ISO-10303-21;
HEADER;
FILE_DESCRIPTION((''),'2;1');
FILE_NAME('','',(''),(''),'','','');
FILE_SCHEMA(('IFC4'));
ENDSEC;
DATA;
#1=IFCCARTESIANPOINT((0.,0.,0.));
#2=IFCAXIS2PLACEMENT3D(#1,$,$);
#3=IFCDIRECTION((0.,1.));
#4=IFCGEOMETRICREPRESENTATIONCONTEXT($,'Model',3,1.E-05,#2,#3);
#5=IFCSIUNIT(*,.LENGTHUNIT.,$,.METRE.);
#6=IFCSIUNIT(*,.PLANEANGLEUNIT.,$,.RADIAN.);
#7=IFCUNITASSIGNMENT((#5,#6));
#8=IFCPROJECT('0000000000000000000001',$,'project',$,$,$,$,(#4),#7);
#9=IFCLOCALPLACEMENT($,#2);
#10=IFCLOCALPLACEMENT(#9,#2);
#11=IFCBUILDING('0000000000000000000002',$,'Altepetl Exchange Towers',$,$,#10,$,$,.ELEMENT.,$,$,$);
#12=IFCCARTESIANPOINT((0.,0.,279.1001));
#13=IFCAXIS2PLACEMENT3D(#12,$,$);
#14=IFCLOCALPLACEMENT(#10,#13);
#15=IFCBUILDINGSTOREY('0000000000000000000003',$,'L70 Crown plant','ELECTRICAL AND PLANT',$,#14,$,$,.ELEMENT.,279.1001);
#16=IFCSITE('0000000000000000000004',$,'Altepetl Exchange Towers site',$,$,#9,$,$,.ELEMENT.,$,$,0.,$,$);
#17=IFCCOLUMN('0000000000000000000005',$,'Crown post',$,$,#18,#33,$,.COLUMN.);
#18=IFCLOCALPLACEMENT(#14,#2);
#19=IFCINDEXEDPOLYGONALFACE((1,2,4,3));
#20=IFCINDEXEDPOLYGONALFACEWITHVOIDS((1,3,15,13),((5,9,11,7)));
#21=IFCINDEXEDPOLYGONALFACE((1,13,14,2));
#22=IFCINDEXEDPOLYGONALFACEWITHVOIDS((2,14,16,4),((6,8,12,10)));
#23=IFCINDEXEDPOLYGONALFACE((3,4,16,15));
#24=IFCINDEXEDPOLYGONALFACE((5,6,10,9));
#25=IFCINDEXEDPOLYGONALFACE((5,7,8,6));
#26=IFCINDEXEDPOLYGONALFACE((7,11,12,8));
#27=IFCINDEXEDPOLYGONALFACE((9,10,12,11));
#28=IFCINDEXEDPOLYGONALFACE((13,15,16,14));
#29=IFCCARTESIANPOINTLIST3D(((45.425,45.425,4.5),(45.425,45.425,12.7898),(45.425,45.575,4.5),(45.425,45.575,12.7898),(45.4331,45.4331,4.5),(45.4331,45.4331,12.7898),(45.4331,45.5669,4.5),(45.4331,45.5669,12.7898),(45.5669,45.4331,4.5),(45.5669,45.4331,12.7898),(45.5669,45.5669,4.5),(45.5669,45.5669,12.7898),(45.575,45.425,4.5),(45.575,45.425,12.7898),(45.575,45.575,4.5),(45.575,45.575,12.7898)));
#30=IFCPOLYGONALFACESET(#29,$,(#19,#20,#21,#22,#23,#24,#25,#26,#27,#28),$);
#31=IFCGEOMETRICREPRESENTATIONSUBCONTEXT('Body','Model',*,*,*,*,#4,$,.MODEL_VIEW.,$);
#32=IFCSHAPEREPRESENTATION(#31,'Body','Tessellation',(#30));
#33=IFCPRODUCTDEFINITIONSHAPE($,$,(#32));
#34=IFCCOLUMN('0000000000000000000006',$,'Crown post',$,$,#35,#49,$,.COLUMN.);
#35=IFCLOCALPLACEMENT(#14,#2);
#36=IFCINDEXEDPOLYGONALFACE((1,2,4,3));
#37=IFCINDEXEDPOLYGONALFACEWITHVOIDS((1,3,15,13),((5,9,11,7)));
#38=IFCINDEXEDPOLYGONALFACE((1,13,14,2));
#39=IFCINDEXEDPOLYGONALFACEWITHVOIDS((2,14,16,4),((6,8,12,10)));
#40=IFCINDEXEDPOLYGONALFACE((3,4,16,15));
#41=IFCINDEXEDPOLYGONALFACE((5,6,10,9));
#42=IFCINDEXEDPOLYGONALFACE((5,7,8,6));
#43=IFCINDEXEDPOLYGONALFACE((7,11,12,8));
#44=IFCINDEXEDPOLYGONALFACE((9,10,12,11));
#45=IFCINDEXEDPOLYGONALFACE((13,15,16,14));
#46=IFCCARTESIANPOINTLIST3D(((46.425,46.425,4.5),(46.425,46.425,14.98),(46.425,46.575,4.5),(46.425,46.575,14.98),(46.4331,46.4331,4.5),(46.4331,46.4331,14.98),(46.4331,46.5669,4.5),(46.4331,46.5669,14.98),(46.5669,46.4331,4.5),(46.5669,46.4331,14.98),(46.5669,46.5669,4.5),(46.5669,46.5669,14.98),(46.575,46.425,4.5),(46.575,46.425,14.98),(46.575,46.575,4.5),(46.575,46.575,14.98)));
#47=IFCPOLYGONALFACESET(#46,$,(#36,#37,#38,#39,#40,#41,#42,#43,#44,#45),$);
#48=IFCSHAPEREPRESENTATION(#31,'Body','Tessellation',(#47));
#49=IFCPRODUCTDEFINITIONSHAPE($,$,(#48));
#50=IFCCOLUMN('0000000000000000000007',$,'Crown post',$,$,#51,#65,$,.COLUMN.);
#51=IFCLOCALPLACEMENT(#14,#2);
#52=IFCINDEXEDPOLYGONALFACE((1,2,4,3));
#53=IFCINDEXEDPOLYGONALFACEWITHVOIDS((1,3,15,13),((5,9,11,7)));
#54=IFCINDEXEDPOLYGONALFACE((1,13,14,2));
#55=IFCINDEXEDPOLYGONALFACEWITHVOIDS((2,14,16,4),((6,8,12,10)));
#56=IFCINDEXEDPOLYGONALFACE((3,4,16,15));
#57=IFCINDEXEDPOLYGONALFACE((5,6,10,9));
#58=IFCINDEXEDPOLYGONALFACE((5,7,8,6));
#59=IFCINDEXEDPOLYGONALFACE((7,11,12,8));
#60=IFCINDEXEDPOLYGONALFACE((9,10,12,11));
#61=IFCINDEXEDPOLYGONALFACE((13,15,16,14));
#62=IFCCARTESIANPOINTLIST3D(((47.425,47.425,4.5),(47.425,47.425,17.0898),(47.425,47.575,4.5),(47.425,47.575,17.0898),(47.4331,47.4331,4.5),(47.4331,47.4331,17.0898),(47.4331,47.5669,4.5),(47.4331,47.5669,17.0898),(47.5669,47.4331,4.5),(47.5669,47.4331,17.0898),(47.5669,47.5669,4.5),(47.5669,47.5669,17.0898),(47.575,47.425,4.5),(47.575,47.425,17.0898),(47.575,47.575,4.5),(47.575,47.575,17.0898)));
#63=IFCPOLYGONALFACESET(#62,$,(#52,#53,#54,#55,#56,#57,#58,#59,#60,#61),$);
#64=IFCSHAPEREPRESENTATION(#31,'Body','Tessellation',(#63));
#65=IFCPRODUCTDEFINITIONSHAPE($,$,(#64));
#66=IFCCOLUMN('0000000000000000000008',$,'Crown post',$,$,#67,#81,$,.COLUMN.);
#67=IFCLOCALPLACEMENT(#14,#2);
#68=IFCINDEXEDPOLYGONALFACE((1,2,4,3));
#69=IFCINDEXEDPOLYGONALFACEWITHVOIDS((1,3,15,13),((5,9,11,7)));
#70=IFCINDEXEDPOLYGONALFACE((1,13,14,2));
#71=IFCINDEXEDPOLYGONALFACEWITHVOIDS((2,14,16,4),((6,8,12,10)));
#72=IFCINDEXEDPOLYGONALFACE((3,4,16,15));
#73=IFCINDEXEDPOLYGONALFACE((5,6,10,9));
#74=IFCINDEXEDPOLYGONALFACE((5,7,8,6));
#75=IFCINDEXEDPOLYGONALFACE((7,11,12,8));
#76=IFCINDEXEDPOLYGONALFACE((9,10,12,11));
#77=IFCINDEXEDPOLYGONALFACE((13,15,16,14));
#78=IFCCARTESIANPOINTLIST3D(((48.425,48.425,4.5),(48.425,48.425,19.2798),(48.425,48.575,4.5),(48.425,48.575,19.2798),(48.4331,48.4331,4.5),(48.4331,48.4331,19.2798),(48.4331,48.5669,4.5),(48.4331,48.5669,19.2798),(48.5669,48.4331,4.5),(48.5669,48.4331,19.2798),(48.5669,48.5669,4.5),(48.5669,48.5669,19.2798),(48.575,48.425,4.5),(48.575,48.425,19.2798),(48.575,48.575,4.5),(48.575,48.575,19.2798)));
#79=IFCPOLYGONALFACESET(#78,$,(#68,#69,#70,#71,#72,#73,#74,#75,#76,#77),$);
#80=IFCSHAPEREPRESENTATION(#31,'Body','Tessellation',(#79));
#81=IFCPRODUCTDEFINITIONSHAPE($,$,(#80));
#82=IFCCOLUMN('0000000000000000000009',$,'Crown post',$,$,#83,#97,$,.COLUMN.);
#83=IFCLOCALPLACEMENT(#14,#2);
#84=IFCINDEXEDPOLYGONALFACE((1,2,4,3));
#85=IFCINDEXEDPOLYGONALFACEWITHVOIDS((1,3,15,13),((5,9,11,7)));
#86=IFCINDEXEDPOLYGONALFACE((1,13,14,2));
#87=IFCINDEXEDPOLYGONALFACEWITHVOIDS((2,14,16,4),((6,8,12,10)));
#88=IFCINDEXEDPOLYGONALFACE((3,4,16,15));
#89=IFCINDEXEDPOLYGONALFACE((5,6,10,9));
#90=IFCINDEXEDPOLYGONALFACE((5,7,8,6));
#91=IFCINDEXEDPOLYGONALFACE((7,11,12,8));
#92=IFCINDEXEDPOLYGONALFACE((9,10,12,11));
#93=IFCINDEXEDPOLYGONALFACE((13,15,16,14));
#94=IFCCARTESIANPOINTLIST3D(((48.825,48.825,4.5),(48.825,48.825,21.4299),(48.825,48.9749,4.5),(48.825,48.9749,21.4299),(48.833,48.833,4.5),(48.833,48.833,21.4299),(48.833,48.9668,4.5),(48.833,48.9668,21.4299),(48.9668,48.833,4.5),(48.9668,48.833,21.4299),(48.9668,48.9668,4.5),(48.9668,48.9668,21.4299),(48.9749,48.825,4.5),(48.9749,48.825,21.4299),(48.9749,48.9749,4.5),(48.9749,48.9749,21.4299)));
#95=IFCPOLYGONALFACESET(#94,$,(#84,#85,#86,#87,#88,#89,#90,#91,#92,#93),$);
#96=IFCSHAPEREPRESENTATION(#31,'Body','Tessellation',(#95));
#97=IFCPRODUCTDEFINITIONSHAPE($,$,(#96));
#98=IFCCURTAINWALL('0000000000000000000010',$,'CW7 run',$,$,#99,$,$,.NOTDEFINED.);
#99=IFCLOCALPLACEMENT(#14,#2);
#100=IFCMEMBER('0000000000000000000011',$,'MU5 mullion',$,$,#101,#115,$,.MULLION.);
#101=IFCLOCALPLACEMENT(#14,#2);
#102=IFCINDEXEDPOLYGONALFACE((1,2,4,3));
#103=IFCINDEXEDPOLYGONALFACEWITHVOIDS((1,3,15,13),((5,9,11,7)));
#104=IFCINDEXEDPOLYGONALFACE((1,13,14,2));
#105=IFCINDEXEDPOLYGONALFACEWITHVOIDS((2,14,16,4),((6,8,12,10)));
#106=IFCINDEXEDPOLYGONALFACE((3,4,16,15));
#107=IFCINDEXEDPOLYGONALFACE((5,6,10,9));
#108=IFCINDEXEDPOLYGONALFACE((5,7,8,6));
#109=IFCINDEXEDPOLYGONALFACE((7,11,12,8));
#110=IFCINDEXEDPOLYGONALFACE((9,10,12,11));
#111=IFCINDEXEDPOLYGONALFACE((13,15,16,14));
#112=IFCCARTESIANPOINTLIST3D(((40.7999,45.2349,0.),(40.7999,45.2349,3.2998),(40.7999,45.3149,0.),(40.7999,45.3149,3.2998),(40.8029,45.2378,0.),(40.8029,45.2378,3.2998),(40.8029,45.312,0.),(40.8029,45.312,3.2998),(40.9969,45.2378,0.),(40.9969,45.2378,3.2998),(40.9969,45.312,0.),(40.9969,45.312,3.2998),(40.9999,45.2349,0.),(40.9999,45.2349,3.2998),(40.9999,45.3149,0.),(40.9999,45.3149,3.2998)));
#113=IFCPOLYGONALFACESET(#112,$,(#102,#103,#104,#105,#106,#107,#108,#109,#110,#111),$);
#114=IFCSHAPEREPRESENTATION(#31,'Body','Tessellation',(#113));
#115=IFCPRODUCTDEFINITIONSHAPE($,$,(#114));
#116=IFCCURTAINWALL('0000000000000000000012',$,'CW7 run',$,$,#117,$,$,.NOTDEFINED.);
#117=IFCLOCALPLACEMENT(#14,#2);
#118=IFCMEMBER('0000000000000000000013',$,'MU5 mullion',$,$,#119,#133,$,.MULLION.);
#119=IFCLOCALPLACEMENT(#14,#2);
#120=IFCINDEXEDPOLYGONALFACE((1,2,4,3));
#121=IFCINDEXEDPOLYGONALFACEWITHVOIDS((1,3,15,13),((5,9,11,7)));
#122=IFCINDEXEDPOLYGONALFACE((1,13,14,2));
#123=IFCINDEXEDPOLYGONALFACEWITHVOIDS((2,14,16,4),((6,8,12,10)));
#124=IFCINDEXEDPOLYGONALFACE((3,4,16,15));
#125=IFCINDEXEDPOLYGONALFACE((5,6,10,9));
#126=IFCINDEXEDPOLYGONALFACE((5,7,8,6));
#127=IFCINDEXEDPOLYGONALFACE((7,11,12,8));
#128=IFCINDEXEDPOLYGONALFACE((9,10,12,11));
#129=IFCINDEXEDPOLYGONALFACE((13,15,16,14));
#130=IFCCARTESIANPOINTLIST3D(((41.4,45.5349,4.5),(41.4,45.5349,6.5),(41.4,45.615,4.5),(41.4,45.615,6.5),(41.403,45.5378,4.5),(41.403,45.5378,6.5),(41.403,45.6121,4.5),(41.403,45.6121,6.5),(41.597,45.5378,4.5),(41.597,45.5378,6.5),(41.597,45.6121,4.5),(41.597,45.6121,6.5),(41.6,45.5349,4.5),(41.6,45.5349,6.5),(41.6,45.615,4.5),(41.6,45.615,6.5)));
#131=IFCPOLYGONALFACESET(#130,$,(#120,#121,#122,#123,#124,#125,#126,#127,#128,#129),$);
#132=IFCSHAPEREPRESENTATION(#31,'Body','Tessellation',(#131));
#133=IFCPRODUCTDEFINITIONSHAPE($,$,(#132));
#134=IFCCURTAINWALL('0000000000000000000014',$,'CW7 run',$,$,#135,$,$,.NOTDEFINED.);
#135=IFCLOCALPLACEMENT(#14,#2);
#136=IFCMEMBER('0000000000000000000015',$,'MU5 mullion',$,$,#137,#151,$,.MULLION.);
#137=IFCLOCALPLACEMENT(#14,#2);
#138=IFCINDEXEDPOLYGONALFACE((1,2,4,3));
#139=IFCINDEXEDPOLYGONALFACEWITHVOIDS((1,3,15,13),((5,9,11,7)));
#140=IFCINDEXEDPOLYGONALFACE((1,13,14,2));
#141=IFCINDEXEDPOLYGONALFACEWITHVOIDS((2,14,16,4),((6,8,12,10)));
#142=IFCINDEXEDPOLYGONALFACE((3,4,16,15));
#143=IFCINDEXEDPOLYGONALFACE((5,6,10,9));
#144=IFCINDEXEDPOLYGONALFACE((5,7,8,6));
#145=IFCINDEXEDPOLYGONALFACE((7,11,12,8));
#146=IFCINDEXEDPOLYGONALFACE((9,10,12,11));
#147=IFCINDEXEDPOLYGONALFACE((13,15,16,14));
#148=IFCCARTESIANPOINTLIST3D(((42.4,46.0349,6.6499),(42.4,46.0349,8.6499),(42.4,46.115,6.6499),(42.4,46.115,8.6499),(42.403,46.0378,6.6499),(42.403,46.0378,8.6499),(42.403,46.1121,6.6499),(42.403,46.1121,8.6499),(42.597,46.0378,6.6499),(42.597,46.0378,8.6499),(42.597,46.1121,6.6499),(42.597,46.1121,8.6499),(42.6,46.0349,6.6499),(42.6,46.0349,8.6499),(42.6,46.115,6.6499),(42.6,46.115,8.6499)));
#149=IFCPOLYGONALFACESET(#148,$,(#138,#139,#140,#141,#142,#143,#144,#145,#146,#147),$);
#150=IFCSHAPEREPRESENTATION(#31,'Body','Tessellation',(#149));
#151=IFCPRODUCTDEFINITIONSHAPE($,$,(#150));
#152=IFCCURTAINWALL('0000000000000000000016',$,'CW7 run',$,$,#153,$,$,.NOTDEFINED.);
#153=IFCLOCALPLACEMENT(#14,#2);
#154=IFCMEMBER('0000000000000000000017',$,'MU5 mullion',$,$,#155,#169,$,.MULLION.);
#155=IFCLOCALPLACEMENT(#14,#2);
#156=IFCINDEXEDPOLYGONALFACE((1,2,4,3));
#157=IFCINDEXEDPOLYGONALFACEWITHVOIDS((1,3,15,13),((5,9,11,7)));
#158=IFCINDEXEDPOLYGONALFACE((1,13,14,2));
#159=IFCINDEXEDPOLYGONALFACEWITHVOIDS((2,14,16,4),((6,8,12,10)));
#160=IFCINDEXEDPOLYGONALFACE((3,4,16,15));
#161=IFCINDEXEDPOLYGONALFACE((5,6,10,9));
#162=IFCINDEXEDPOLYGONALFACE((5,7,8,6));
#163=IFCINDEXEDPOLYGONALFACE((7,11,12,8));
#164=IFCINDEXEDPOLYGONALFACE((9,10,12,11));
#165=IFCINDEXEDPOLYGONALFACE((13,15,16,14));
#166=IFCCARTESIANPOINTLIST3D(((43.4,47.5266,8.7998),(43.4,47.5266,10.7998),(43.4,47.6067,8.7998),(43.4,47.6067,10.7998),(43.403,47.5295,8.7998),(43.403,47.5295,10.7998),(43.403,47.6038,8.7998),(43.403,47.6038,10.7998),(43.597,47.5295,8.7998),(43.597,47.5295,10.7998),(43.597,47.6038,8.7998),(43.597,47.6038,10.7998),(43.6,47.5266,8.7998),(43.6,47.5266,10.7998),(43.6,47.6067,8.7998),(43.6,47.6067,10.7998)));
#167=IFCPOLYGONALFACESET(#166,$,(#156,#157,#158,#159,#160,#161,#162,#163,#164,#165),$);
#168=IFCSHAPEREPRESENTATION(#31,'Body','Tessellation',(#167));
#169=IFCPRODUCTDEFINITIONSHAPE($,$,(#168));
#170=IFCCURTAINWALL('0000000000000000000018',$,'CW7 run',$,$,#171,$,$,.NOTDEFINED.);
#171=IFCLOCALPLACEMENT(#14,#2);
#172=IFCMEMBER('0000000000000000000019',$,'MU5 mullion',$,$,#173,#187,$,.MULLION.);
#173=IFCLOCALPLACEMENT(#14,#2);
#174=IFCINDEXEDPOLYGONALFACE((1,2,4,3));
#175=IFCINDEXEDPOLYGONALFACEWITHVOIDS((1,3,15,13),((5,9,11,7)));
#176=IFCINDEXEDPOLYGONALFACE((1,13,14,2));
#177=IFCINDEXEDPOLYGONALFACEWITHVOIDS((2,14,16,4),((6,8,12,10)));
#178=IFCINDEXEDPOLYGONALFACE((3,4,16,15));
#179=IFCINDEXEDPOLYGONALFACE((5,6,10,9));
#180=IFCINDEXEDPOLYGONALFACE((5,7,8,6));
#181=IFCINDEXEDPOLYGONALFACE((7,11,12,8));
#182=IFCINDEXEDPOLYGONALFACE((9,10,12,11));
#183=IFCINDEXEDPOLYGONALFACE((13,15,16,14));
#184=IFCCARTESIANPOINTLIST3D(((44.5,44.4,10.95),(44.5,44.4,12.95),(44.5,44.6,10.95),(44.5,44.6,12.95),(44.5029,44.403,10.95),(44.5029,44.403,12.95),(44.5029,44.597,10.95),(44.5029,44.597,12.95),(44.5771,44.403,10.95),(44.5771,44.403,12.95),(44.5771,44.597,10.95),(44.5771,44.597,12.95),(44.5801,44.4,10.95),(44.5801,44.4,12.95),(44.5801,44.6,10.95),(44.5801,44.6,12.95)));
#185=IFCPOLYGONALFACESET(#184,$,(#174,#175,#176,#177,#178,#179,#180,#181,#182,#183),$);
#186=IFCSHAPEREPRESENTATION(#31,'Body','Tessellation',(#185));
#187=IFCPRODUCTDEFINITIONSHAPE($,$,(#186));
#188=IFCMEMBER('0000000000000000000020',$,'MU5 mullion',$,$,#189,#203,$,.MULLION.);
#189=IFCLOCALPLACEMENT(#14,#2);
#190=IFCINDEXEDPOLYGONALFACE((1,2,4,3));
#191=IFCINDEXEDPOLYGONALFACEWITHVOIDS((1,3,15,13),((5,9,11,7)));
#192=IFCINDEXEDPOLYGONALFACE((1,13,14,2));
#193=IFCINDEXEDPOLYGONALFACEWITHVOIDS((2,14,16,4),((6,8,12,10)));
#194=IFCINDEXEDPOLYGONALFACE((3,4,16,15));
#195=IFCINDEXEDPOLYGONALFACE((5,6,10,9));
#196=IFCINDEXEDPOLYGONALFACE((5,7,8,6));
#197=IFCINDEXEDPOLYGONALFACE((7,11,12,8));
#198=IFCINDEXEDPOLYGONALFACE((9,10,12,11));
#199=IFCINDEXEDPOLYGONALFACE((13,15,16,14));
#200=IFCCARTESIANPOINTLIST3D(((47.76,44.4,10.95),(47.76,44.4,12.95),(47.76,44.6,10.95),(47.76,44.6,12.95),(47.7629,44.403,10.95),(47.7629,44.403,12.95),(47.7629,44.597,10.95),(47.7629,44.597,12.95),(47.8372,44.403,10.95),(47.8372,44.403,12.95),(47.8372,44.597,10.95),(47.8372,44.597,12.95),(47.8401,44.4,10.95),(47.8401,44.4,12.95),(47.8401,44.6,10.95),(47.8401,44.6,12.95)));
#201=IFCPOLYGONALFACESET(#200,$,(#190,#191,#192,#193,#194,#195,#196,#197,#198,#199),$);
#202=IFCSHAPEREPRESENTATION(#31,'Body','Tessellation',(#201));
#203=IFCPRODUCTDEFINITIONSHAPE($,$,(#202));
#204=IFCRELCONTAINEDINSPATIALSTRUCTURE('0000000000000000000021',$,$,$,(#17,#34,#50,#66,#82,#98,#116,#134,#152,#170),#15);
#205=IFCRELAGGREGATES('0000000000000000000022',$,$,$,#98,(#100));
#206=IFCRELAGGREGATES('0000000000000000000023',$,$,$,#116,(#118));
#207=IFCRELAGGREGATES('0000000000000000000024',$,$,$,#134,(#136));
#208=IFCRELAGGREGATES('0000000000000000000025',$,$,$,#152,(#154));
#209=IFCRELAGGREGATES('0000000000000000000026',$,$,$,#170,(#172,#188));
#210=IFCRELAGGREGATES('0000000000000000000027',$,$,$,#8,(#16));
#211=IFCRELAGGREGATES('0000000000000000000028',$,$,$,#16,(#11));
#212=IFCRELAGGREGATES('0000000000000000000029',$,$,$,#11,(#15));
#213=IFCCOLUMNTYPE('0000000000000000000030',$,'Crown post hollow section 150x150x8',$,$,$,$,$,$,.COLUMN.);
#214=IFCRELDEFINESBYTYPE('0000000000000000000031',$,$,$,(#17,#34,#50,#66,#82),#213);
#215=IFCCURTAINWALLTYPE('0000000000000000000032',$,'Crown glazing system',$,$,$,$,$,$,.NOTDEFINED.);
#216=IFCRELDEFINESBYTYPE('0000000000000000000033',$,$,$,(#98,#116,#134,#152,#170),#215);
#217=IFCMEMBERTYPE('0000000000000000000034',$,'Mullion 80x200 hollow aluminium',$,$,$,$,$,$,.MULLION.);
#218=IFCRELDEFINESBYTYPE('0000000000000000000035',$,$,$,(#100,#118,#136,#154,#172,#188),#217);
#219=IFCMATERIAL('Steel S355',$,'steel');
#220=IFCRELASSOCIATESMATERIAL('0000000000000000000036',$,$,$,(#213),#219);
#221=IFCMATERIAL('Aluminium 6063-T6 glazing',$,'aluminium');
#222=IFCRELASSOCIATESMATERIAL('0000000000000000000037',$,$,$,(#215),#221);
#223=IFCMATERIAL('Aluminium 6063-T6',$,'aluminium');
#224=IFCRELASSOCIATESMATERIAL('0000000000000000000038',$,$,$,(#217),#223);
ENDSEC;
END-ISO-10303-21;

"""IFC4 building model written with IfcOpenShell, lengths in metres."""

from ifc_helpers import new_model, si_unit, direction, frame, origin, origin_2d, place, context, subcontext, project, spatial, hollow_rectangle, extrude, material, material_profile, profile_set, type_object, element, aggregate, save


model = new_model("IFC4")

# Units and contexts
model_context = context("Model", 3, precision=1e-05, world=origin(), true_north=direction((0.0, 1.0)))
body_context = subcontext(model_context, "Body", "Model", "MODEL_VIEW")
ifc_project = project(units=[si_unit("LENGTHUNIT", "METRE"), si_unit("PLANEANGLEUNIT", "RADIAN")], contexts=[model_context])

# Site, building, storey
site_placement = place(None, origin())
site = spatial("IfcSite", under=ifc_project, at=site_placement, Name="Altepetl Exchange Towers site", CompositionType="ELEMENT", RefElevation=0.0)
building_placement = place(site_placement, origin())
building = spatial("IfcBuilding", under=site, at=building_placement, Name="Altepetl Exchange Towers", CompositionType="ELEMENT")
storey_placement = place(building_placement, frame((0.0, 0.0, 279.1001)))
storey = spatial("IfcBuildingStorey", under=building, at=storey_placement, Name="L70 Crown plant", Description="ELECTRICAL AND PLANT", CompositionType="ELEMENT", Elevation=279.1001)

# Columns
ifc_material_1 = material(Name="Steel S355", Category="steel")
ifc_material_profile_1 = material_profile(ifc_material_1, hollow_rectangle(XDim=0.1499, YDim=0.1499, WallThickness=0.0081, at=origin_2d()), Name="RHS 150x150x8")
ifc_profile_set_1 = profile_set([ifc_material_profile_1], Name="Steel S355")
column_type = type_object("IfcColumnType", Name="Crown post hollow section 150x150x8", PredefinedType="COLUMN", material=ifc_profile_set_1)
column_1_placement = place(storey_placement, frame((45.5, 45.5, 4.5)))
element("IfcColumn", 1, at=column_1_placement, inside=storey, type_object=column_type, Name="Crown post", PredefinedType="COLUMN", context=body_context, shape_type="SweptSolid", body=[
    extrude(hollow_rectangle(XDim=0.1499, YDim=0.1499, WallThickness=0.0081, at=origin_2d()), origin(), (0.0, 0.0, 1.0), 8.2898),
])
column_2_placement = place(storey_placement, frame((46.5, 46.5, 4.5)))
element("IfcColumn", 2, at=column_2_placement, inside=storey, type_object=column_type, Name="Crown post", PredefinedType="COLUMN", context=body_context, shape_type="SweptSolid", body=[
    extrude(hollow_rectangle(XDim=0.1499, YDim=0.1499, WallThickness=0.0081, at=origin_2d()), origin(), (0.0, 0.0, 1.0), 10.48),
])
column_3_placement = place(storey_placement, frame((47.5, 47.5, 4.5)))
element("IfcColumn", 3, at=column_3_placement, inside=storey, type_object=column_type, Name="Crown post", PredefinedType="COLUMN", context=body_context, shape_type="SweptSolid", body=[
    extrude(hollow_rectangle(XDim=0.1499, YDim=0.1499, WallThickness=0.0081, at=origin_2d()), origin(), (0.0, 0.0, 1.0), 12.5898),
])
column_4_placement = place(storey_placement, frame((48.5, 48.5, 4.5)))
element("IfcColumn", 4, at=column_4_placement, inside=storey, type_object=column_type, Name="Crown post", PredefinedType="COLUMN", context=body_context, shape_type="SweptSolid", body=[
    extrude(hollow_rectangle(XDim=0.1499, YDim=0.1499, WallThickness=0.0081, at=origin_2d()), origin(), (0.0, 0.0, 1.0), 14.7798),
])
column_5_placement = place(storey_placement, frame((48.8999, 48.8999, 4.5)))
element("IfcColumn", 5, at=column_5_placement, inside=storey, type_object=column_type, Name="Crown post", PredefinedType="COLUMN", context=body_context, shape_type="SweptSolid", body=[
    extrude(hollow_rectangle(XDim=0.1499, YDim=0.1499, WallThickness=0.0081, at=origin_2d()), origin(), (0.0, 0.0, 1.0), 16.9299),
])

# Curtain walls, members
ifc_material_2 = material(Name="Aluminium 6063-T6 glazing", Category="aluminium")
curtain_wall_type = type_object("IfcCurtainWallType", Name="Crown glazing system", PredefinedType="NOTDEFINED", material=ifc_material_2)
curtain_wall_1_placement = place(storey_placement, origin())
curtain_wall_1 = element("IfcCurtainWall", 6, at=curtain_wall_1_placement, inside=storey, type_object=curtain_wall_type, Name="CW7 run", PredefinedType="NOTDEFINED")
ifc_material_3 = material(Name="Aluminium 6063-T6", Category="aluminium")
ifc_material_profile_2 = material_profile(ifc_material_3, hollow_rectangle(XDim=0.0801, YDim=0.2, WallThickness=0.0029, at=origin_2d()), Name="Mullion 80x200 hollow aluminium")
ifc_profile_set_2 = profile_set([ifc_material_profile_2], Name="Aluminium 6063-T6")
member_type = type_object("IfcMemberType", Name="Mullion 80x200 hollow aluminium", PredefinedType="MULLION", material=ifc_profile_set_2)
member_1_placement = place(storey_placement, frame((40.8999, 45.2749, 0.0), z_axis=(0.0, 0.0, 1.0), x_axis=(0.0, -1.0, 0.0)))
member_1 = element("IfcMember", 7, at=member_1_placement, type_object=member_type, Name="MU5 mullion", PredefinedType="MULLION", context=body_context, shape_type="SweptSolid", body=[
    extrude(hollow_rectangle(XDim=0.0801, YDim=0.2, WallThickness=0.0029, at=origin_2d()), origin(), (0.0, 0.0, 1.0), 3.2998),
])
curtain_wall_2_placement = place(storey_placement, origin())
curtain_wall_2 = element("IfcCurtainWall", 8, at=curtain_wall_2_placement, inside=storey, type_object=curtain_wall_type, Name="CW7 run", PredefinedType="NOTDEFINED")
member_2_placement = place(storey_placement, frame((41.5, 45.575, 4.5), z_axis=(0.0, 0.0, 1.0), x_axis=(0.0, -1.0, 0.0)))
member_2 = element("IfcMember", 9, at=member_2_placement, type_object=member_type, Name="MU5 mullion", PredefinedType="MULLION", context=body_context, shape_type="SweptSolid", body=[
    extrude(hollow_rectangle(XDim=0.0801, YDim=0.2, WallThickness=0.0029, at=origin_2d()), origin(), (0.0, 0.0, 1.0), 2.0),
])
curtain_wall_3_placement = place(storey_placement, origin())
curtain_wall_3 = element("IfcCurtainWall", 10, at=curtain_wall_3_placement, inside=storey, type_object=curtain_wall_type, Name="CW7 run", PredefinedType="NOTDEFINED")
member_3_placement = place(storey_placement, frame((42.5, 46.075, 6.6499), z_axis=(0.0, 0.0, 1.0), x_axis=(0.0, -1.0, 0.0)))
member_3 = element("IfcMember", 11, at=member_3_placement, type_object=member_type, Name="MU5 mullion", PredefinedType="MULLION", context=body_context, shape_type="SweptSolid", body=[
    extrude(hollow_rectangle(XDim=0.0801, YDim=0.2, WallThickness=0.0029, at=origin_2d()), origin(), (0.0, 0.0, 1.0), 2.0),
])
curtain_wall_4_placement = place(storey_placement, origin())
curtain_wall_4 = element("IfcCurtainWall", 12, at=curtain_wall_4_placement, inside=storey, type_object=curtain_wall_type, Name="CW7 run", PredefinedType="NOTDEFINED")
member_4_placement = place(storey_placement, frame((43.5, 47.5667, 8.7998), z_axis=(0.0, 0.0, 1.0), x_axis=(0.0, -1.0, 0.0)))
member_4 = element("IfcMember", 13, at=member_4_placement, type_object=member_type, Name="MU5 mullion", PredefinedType="MULLION", context=body_context, shape_type="SweptSolid", body=[
    extrude(hollow_rectangle(XDim=0.0801, YDim=0.2, WallThickness=0.0029, at=origin_2d()), origin(), (0.0, 0.0, 1.0), 2.0),
])

# Curtain wall, members
curtain_wall_5_placement = place(storey_placement, origin())
curtain_wall_5 = element("IfcCurtainWall", 14, at=curtain_wall_5_placement, inside=storey, type_object=curtain_wall_type, Name="CW7 run", PredefinedType="NOTDEFINED")
member_5_placement = place(storey_placement, frame((44.54, 44.5, 10.95)))
member_5 = element("IfcMember", 15, at=member_5_placement, type_object=member_type, Name="MU5 mullion", PredefinedType="MULLION", context=body_context, shape_type="SweptSolid", body=[
    extrude(hollow_rectangle(XDim=0.0801, YDim=0.2, WallThickness=0.0029, at=origin_2d()), origin(), (0.0, 0.0, 1.0), 2.0),
])
member_6_placement = place(storey_placement, frame((47.8, 44.5, 10.95)))
member_6 = element("IfcMember", 16, at=member_6_placement, type_object=member_type, Name="MU5 mullion", PredefinedType="MULLION", context=body_context, shape_type="SweptSolid", body=[
    extrude(hollow_rectangle(XDim=0.0801, YDim=0.2, WallThickness=0.0029, at=origin_2d()), origin(), (0.0, 0.0, 1.0), 2.0),
])

aggregate(curtain_wall_1, [member_1])
aggregate(curtain_wall_2, [member_2])
aggregate(curtain_wall_3, [member_3])
aggregate(curtain_wall_4, [member_4])
aggregate(curtain_wall_5, [member_5, member_6])

save(model, "model.ifc")
